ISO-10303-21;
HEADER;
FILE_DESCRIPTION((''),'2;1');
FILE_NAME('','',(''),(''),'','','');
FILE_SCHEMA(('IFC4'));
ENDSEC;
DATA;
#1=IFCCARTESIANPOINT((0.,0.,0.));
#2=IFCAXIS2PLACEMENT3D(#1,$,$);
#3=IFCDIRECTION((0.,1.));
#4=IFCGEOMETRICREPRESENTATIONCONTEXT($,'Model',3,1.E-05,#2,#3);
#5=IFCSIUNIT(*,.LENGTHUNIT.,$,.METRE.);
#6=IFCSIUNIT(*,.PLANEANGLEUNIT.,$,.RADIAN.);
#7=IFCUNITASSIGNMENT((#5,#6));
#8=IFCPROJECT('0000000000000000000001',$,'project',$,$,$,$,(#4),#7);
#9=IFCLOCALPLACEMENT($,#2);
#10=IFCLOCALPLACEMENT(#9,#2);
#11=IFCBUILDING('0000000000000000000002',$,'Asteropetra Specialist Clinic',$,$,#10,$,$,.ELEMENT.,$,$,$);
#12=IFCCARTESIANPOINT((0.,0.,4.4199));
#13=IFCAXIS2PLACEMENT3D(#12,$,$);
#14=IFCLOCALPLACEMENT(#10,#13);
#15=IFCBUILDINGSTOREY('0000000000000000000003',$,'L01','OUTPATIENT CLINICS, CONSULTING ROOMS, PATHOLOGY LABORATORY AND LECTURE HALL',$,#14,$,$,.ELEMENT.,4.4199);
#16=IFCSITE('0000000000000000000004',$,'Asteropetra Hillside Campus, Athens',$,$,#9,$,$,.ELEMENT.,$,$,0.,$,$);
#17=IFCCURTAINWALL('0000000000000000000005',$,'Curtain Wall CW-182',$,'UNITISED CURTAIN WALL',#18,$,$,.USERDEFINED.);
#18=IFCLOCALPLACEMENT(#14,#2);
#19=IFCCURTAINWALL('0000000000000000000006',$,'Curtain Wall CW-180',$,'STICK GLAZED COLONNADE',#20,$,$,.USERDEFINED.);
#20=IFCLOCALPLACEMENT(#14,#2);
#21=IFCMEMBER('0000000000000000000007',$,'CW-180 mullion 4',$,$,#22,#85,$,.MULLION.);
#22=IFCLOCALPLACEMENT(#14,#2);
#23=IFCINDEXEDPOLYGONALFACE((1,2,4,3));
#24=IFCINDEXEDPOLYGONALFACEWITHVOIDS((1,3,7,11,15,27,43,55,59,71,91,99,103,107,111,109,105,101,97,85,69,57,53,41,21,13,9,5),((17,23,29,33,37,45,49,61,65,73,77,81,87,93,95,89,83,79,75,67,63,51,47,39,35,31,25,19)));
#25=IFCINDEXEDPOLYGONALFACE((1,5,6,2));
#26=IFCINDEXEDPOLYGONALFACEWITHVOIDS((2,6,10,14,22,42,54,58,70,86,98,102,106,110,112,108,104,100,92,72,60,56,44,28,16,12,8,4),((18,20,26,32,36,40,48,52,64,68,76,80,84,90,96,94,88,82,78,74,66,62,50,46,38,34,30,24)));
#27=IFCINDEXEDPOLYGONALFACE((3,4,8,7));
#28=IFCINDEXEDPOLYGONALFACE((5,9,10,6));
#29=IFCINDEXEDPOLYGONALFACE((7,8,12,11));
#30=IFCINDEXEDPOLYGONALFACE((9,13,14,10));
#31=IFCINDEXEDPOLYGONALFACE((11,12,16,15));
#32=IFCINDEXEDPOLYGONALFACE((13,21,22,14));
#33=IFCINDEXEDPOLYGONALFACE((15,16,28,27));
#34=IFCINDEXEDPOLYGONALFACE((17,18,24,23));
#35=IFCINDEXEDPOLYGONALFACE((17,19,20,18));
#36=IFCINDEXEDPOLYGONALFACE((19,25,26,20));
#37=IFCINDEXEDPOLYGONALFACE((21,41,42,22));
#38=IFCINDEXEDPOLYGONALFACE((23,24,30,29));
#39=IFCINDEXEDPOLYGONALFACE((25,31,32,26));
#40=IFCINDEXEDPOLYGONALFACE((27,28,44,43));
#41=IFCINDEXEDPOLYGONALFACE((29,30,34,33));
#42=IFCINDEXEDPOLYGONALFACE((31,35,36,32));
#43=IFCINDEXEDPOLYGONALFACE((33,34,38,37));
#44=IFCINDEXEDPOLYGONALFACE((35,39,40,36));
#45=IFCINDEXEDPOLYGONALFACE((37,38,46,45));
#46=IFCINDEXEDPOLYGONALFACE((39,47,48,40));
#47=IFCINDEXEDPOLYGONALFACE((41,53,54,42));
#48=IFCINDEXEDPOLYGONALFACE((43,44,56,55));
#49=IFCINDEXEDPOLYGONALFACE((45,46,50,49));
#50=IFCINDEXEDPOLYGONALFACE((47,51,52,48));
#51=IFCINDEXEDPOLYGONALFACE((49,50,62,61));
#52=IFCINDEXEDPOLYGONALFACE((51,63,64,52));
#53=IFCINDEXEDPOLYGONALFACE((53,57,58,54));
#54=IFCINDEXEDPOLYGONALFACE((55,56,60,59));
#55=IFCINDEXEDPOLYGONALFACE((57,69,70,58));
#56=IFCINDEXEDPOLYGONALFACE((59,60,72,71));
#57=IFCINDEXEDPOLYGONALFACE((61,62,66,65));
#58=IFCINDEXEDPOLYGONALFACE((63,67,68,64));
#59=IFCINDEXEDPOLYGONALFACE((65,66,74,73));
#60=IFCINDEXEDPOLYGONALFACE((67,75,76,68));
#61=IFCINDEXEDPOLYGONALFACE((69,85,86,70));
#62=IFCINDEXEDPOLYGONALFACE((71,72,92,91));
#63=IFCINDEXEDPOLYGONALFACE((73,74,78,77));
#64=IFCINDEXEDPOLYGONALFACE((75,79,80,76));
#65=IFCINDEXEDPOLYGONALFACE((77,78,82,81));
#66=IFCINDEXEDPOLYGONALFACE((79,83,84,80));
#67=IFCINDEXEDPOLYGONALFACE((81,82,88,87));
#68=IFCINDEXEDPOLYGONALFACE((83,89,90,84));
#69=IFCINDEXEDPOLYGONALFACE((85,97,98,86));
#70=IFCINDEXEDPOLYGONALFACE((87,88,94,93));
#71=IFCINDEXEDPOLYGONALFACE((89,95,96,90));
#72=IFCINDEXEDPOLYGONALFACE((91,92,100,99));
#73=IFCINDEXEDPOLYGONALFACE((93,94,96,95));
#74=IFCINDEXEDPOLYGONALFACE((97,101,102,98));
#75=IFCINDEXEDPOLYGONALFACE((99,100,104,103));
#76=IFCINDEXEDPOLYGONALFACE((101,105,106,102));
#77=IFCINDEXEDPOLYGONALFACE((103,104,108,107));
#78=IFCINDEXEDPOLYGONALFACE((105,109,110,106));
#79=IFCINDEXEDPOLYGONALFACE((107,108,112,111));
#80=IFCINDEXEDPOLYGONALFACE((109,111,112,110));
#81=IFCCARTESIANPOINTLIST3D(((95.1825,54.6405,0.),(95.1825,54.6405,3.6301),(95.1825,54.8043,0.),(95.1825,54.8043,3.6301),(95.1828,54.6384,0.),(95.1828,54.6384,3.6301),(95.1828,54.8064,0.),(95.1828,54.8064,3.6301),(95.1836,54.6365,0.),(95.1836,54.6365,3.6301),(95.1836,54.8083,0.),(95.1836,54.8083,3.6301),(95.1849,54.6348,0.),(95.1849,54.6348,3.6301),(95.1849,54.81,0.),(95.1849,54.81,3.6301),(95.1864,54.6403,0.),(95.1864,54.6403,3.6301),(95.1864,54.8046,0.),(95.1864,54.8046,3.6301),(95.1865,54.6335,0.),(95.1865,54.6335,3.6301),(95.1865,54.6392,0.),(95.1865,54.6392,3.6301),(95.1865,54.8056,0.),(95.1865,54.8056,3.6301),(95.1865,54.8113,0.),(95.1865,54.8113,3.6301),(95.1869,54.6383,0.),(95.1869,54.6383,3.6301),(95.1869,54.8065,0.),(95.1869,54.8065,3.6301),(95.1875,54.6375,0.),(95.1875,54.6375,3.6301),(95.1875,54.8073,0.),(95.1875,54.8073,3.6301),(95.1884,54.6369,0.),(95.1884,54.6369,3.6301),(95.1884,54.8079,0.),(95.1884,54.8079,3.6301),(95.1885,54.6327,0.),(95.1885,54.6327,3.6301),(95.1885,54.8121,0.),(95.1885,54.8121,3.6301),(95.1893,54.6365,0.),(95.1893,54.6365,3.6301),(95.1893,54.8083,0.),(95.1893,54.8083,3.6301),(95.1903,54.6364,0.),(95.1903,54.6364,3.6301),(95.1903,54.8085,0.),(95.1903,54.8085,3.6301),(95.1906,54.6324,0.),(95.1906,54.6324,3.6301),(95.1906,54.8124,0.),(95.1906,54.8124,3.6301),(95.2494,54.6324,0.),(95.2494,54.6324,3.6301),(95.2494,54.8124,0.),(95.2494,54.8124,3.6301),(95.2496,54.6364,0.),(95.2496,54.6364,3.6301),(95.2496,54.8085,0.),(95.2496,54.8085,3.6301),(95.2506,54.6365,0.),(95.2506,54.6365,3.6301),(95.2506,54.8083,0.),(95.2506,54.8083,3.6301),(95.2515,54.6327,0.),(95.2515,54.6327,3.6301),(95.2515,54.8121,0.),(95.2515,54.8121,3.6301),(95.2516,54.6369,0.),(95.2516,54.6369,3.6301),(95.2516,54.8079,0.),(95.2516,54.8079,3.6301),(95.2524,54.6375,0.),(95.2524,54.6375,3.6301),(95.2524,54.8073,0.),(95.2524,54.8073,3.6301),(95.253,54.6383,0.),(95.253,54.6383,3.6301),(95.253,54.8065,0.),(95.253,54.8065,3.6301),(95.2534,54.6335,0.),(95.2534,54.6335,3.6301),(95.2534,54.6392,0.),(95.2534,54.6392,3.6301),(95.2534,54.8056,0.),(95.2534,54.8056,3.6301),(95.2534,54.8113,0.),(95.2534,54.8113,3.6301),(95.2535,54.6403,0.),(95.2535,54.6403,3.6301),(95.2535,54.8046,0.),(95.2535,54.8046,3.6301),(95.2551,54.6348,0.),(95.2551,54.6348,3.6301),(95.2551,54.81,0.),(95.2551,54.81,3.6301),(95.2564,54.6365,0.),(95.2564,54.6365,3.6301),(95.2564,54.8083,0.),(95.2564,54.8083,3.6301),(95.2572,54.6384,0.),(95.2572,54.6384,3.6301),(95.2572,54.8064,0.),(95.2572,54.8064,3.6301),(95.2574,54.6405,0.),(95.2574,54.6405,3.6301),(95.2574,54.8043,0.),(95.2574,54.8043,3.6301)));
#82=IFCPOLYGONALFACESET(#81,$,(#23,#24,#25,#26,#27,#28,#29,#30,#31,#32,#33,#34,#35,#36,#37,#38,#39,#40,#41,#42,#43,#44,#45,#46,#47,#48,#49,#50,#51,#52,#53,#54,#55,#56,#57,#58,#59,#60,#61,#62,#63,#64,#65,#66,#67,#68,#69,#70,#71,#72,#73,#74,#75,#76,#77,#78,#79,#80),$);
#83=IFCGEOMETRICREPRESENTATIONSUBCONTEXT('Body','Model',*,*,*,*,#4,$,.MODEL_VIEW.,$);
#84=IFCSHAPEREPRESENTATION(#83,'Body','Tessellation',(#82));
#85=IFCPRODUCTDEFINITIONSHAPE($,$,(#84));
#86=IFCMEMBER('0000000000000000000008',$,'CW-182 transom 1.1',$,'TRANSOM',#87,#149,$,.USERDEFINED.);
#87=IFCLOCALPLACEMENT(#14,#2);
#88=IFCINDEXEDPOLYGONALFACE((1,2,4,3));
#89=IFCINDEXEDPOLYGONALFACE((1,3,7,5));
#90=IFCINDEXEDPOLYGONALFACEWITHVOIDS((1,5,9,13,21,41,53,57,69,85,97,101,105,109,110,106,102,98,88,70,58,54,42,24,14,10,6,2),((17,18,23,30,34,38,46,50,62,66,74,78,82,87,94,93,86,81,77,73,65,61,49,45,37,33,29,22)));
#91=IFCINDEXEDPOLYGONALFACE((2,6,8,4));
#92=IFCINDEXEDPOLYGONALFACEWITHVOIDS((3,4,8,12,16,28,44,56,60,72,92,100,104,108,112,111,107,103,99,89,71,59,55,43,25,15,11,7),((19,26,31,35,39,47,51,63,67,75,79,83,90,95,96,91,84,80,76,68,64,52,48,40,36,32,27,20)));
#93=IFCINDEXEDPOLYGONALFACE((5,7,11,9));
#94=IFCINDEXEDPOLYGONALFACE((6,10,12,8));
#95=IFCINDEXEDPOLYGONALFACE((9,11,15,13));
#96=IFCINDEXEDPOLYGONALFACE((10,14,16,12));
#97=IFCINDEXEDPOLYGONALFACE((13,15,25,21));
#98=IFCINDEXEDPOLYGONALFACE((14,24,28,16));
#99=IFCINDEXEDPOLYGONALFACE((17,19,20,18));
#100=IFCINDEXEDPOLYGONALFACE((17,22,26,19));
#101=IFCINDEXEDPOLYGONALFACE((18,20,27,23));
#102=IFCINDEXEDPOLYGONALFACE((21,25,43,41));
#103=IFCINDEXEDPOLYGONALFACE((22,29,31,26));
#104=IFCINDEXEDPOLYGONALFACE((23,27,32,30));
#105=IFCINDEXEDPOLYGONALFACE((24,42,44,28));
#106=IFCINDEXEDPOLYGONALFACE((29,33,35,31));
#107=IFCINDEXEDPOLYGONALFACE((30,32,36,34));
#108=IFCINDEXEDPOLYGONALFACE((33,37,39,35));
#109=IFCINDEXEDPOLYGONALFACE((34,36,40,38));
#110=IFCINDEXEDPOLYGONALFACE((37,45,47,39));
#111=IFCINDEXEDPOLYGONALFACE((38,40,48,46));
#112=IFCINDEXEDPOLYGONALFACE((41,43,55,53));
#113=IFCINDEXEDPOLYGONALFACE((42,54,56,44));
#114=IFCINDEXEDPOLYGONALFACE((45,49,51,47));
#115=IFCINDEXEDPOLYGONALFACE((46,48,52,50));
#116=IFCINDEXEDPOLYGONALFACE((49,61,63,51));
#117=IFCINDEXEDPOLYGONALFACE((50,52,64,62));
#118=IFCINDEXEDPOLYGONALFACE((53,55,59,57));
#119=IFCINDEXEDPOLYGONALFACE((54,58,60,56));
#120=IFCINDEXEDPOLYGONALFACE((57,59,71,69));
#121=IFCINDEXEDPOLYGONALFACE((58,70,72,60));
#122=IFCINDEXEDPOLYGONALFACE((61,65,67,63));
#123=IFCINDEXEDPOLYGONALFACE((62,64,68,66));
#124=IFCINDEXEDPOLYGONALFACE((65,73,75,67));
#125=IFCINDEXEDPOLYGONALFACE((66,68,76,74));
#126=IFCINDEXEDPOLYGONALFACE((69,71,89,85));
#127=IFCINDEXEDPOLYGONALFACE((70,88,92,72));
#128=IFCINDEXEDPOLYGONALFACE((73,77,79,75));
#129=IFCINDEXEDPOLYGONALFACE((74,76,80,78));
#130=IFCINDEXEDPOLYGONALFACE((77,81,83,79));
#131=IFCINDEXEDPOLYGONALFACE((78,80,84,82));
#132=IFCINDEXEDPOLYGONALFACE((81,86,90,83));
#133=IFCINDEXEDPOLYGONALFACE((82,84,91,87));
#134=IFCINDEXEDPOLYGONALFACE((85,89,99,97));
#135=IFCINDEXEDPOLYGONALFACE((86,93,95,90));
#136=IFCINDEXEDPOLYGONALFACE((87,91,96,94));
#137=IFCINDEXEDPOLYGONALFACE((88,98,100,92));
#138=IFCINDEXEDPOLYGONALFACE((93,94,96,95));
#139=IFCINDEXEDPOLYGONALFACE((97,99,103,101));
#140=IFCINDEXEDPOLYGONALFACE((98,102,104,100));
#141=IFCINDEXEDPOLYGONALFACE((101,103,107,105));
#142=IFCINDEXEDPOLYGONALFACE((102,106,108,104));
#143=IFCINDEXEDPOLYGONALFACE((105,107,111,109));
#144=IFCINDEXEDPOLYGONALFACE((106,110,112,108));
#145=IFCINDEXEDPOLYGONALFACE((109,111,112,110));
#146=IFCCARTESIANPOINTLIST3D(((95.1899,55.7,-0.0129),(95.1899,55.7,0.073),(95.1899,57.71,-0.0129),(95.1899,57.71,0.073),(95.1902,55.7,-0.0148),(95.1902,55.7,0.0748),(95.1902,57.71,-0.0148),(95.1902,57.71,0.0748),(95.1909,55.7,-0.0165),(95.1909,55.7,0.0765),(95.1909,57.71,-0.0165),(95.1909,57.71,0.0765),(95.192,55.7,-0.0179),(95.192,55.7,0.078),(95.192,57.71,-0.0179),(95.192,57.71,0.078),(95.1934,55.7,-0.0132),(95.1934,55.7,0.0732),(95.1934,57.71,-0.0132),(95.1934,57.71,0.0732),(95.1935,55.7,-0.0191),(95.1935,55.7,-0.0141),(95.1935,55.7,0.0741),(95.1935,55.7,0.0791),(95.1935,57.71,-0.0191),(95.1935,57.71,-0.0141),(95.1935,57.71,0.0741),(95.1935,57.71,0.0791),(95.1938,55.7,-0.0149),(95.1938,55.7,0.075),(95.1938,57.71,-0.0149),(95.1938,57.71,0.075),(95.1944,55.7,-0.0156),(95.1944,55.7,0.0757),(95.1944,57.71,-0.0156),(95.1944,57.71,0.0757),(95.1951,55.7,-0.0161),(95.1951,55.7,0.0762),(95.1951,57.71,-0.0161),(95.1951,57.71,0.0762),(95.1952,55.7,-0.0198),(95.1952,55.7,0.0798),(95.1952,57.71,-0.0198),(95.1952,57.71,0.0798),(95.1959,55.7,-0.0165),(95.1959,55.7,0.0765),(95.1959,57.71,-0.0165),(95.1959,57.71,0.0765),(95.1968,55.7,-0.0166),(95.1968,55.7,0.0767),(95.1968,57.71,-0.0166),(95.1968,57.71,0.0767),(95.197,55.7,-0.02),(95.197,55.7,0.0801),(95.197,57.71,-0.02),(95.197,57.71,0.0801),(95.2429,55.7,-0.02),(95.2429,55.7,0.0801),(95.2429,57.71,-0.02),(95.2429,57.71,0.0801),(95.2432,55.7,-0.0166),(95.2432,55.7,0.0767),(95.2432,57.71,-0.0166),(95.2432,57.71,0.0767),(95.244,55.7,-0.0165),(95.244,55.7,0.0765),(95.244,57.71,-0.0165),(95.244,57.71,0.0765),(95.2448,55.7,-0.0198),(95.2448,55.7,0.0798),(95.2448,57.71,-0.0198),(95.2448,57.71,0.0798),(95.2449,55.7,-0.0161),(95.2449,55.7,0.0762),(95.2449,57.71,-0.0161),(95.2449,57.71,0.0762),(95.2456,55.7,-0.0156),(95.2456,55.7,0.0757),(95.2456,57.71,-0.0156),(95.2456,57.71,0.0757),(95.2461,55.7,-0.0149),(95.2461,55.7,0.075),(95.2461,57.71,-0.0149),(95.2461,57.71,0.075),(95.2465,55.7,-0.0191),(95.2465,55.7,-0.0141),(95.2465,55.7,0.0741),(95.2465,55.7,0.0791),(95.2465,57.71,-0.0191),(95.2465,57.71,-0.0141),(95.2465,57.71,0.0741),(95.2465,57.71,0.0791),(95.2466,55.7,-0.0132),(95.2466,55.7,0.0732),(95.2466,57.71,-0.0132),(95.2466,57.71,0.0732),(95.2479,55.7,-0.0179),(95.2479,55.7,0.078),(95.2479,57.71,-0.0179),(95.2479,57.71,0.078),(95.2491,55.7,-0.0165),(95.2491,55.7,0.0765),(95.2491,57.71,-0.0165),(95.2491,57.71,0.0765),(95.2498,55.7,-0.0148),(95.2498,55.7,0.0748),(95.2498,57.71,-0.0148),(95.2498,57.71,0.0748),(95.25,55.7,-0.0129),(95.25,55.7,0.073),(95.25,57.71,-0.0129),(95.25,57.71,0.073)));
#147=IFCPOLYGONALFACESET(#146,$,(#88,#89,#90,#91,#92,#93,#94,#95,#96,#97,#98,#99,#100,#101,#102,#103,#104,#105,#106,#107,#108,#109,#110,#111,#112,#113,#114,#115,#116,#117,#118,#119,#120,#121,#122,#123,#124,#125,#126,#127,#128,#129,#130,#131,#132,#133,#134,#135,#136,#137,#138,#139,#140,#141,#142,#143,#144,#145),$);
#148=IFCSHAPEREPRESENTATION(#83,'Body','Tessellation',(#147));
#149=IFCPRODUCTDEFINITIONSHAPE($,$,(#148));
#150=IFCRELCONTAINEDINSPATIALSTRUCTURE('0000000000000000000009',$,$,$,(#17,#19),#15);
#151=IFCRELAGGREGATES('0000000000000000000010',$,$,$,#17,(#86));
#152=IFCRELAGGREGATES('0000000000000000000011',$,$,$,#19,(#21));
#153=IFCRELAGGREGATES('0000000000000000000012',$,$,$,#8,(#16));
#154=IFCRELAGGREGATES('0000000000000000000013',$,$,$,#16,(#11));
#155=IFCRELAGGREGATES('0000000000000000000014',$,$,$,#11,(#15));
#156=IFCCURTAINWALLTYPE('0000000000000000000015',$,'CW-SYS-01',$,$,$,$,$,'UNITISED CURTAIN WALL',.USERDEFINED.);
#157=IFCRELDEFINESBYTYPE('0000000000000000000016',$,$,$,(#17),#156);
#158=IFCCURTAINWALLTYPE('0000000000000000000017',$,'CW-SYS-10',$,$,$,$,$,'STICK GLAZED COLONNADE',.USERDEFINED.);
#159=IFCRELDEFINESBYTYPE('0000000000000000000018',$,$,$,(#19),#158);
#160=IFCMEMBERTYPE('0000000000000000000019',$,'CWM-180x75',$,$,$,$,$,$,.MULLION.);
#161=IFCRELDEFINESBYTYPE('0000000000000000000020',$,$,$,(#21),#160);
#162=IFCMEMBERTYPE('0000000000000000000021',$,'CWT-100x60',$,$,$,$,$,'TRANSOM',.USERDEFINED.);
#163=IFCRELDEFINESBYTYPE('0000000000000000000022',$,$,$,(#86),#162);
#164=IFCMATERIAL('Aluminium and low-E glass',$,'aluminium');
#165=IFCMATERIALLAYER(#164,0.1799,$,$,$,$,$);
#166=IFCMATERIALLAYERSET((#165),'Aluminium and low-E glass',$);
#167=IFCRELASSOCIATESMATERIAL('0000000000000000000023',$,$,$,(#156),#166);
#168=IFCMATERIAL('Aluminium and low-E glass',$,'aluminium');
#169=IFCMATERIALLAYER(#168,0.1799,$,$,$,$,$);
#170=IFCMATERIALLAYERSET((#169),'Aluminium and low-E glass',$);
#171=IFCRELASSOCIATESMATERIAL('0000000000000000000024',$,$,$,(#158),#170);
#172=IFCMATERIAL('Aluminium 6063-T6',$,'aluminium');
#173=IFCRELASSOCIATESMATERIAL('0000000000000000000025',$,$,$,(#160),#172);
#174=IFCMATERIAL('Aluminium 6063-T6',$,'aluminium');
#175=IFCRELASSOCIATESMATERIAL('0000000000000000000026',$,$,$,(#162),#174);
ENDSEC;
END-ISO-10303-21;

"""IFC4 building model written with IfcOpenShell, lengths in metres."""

from ifc_helpers import new_model, si_unit, direction, frame, origin, origin_2d, place, context, subcontext, project, spatial, hollow_rectangle, extrude, material, layer, layer_set, material_profile, profile_set, type_object, element, aggregate, save


model = new_model("IFC4")

# Units and contexts
model_context = context("Model", 3, precision=1e-05, world=origin(), true_north=direction((0.0, 1.0)))
body_context = subcontext(model_context, "Body", "Model", "MODEL_VIEW")
ifc_project = project(units=[si_unit("LENGTHUNIT", "METRE"), si_unit("PLANEANGLEUNIT", "RADIAN")], contexts=[model_context])

# Site, building, storey
site_placement = place(None, origin())
site = spatial("IfcSite", under=ifc_project, at=site_placement, Name="Asteropetra Hillside Campus, Athens", CompositionType="ELEMENT", RefElevation=0.0)
building_placement = place(site_placement, origin())
building = spatial("IfcBuilding", under=site, at=building_placement, Name="Asteropetra Specialist Clinic", CompositionType="ELEMENT")
storey_placement = place(building_placement, frame((0.0, 0.0, 4.4199)))
storey = spatial("IfcBuildingStorey", under=building, at=storey_placement, Name="L01", Description="OUTPATIENT CLINICS, CONSULTING ROOMS, PATHOLOGY LABORATORY AND LECTURE HALL", CompositionType="ELEMENT", Elevation=4.4199)

# Curtain wall
ifc_material_1 = material(Name="Aluminium and low-E glass", Category="aluminium")
ifc_layer_1 = layer(ifc_material_1, 0.1799)
ifc_layer_set_1 = layer_set([ifc_layer_1], Name="Aluminium and low-E glass")
curtain_wall_type_1 = type_object("IfcCurtainWallType", Name="CW-SYS-01", ElementType="UNITISED CURTAIN WALL", PredefinedType="USERDEFINED", material=ifc_layer_set_1)
curtain_wall_1_placement = place(storey_placement, origin())
curtain_wall_1 = element("IfcCurtainWall", 1, at=curtain_wall_1_placement, inside=storey, type_object=curtain_wall_type_1, Name="Curtain Wall CW-182", ObjectType="UNITISED CURTAIN WALL", PredefinedType="USERDEFINED")

# Curtain wall, member
ifc_material_2 = material(Name="Aluminium and low-E glass", Category="aluminium")
ifc_layer_2 = layer(ifc_material_2, 0.1799)
ifc_layer_set_2 = layer_set([ifc_layer_2], Name="Aluminium and low-E glass")
curtain_wall_type_2 = type_object("IfcCurtainWallType", Name="CW-SYS-10", ElementType="STICK GLAZED COLONNADE", PredefinedType="USERDEFINED", material=ifc_layer_set_2)
curtain_wall_2_placement = place(storey_placement, origin())
curtain_wall_2 = element("IfcCurtainWall", 2, at=curtain_wall_2_placement, inside=storey, type_object=curtain_wall_type_2, Name="Curtain Wall CW-180", ObjectType="STICK GLAZED COLONNADE", PredefinedType="USERDEFINED")
ifc_material_3 = material(Name="Aluminium 6063-T6", Category="aluminium")
ifc_material_profile_1 = material_profile(ifc_material_3, hollow_rectangle(XDim=0.075, YDim=0.1799, WallThickness=0.0039, InnerFilletRadius=0.0039, OuterFilletRadius=0.0081, at=origin_2d()), Name="MUL 180x75x4.0")
ifc_profile_set_1 = profile_set([ifc_material_profile_1], Name="Aluminium 6063-T6")
member_type_1 = type_object("IfcMemberType", Name="CWM-180x75", PredefinedType="MULLION", material=ifc_profile_set_1)
member_1_placement = place(storey_placement, frame((95.22, 54.7224, 0.0), z_axis=(0.0, 0.0, 1.0), x_axis=(-1.0, 0.0, 0.0)))
member_1 = element("IfcMember", 3, at=member_1_placement, type_object=member_type_1, Name="CW-180 mullion 4", PredefinedType="MULLION", context=body_context, shape_type="SweptSolid", body=[
    extrude(hollow_rectangle(XDim=0.075, YDim=0.1799, WallThickness=0.0039, InnerFilletRadius=0.0039, OuterFilletRadius=0.0081, at=origin_2d()), origin(), (0.0, 0.0, 1.0), 3.6301),
])

# Member
ifc_material_4 = material(Name="Aluminium 6063-T6", Category="aluminium")
ifc_material_profile_2 = material_profile(ifc_material_4, hollow_rectangle(XDim=0.0601, YDim=0.1001, WallThickness=0.0034, InnerFilletRadius=0.0034, OuterFilletRadius=0.0071, at=origin_2d()), Name="TRN 100x60x3.5")
ifc_profile_set_2 = profile_set([ifc_material_profile_2], Name="Aluminium 6063-T6")
member_type_2 = type_object("IfcMemberType", Name="CWT-100x60", ElementType="TRANSOM", PredefinedType="USERDEFINED", material=ifc_profile_set_2)
member_2_placement = place(storey_placement, frame((95.22, 55.7, 0.03), z_axis=(0.0, 1.0, 0.0), x_axis=(-1.0, 0.0, 0.0)))
member_2 = element("IfcMember", 4, at=member_2_placement, type_object=member_type_2, Name="CW-182 transom 1.1", ObjectType="TRANSOM", PredefinedType="USERDEFINED", context=body_context, shape_type="SweptSolid", body=[
    extrude(hollow_rectangle(XDim=0.0601, YDim=0.1001, WallThickness=0.0034, InnerFilletRadius=0.0034, OuterFilletRadius=0.0071, at=origin_2d()), origin(), (0.0, 0.0, 1.0), 2.01),
])
aggregate(curtain_wall_1, [member_2])

aggregate(curtain_wall_2, [member_1])

save(model, "model.ifc")
